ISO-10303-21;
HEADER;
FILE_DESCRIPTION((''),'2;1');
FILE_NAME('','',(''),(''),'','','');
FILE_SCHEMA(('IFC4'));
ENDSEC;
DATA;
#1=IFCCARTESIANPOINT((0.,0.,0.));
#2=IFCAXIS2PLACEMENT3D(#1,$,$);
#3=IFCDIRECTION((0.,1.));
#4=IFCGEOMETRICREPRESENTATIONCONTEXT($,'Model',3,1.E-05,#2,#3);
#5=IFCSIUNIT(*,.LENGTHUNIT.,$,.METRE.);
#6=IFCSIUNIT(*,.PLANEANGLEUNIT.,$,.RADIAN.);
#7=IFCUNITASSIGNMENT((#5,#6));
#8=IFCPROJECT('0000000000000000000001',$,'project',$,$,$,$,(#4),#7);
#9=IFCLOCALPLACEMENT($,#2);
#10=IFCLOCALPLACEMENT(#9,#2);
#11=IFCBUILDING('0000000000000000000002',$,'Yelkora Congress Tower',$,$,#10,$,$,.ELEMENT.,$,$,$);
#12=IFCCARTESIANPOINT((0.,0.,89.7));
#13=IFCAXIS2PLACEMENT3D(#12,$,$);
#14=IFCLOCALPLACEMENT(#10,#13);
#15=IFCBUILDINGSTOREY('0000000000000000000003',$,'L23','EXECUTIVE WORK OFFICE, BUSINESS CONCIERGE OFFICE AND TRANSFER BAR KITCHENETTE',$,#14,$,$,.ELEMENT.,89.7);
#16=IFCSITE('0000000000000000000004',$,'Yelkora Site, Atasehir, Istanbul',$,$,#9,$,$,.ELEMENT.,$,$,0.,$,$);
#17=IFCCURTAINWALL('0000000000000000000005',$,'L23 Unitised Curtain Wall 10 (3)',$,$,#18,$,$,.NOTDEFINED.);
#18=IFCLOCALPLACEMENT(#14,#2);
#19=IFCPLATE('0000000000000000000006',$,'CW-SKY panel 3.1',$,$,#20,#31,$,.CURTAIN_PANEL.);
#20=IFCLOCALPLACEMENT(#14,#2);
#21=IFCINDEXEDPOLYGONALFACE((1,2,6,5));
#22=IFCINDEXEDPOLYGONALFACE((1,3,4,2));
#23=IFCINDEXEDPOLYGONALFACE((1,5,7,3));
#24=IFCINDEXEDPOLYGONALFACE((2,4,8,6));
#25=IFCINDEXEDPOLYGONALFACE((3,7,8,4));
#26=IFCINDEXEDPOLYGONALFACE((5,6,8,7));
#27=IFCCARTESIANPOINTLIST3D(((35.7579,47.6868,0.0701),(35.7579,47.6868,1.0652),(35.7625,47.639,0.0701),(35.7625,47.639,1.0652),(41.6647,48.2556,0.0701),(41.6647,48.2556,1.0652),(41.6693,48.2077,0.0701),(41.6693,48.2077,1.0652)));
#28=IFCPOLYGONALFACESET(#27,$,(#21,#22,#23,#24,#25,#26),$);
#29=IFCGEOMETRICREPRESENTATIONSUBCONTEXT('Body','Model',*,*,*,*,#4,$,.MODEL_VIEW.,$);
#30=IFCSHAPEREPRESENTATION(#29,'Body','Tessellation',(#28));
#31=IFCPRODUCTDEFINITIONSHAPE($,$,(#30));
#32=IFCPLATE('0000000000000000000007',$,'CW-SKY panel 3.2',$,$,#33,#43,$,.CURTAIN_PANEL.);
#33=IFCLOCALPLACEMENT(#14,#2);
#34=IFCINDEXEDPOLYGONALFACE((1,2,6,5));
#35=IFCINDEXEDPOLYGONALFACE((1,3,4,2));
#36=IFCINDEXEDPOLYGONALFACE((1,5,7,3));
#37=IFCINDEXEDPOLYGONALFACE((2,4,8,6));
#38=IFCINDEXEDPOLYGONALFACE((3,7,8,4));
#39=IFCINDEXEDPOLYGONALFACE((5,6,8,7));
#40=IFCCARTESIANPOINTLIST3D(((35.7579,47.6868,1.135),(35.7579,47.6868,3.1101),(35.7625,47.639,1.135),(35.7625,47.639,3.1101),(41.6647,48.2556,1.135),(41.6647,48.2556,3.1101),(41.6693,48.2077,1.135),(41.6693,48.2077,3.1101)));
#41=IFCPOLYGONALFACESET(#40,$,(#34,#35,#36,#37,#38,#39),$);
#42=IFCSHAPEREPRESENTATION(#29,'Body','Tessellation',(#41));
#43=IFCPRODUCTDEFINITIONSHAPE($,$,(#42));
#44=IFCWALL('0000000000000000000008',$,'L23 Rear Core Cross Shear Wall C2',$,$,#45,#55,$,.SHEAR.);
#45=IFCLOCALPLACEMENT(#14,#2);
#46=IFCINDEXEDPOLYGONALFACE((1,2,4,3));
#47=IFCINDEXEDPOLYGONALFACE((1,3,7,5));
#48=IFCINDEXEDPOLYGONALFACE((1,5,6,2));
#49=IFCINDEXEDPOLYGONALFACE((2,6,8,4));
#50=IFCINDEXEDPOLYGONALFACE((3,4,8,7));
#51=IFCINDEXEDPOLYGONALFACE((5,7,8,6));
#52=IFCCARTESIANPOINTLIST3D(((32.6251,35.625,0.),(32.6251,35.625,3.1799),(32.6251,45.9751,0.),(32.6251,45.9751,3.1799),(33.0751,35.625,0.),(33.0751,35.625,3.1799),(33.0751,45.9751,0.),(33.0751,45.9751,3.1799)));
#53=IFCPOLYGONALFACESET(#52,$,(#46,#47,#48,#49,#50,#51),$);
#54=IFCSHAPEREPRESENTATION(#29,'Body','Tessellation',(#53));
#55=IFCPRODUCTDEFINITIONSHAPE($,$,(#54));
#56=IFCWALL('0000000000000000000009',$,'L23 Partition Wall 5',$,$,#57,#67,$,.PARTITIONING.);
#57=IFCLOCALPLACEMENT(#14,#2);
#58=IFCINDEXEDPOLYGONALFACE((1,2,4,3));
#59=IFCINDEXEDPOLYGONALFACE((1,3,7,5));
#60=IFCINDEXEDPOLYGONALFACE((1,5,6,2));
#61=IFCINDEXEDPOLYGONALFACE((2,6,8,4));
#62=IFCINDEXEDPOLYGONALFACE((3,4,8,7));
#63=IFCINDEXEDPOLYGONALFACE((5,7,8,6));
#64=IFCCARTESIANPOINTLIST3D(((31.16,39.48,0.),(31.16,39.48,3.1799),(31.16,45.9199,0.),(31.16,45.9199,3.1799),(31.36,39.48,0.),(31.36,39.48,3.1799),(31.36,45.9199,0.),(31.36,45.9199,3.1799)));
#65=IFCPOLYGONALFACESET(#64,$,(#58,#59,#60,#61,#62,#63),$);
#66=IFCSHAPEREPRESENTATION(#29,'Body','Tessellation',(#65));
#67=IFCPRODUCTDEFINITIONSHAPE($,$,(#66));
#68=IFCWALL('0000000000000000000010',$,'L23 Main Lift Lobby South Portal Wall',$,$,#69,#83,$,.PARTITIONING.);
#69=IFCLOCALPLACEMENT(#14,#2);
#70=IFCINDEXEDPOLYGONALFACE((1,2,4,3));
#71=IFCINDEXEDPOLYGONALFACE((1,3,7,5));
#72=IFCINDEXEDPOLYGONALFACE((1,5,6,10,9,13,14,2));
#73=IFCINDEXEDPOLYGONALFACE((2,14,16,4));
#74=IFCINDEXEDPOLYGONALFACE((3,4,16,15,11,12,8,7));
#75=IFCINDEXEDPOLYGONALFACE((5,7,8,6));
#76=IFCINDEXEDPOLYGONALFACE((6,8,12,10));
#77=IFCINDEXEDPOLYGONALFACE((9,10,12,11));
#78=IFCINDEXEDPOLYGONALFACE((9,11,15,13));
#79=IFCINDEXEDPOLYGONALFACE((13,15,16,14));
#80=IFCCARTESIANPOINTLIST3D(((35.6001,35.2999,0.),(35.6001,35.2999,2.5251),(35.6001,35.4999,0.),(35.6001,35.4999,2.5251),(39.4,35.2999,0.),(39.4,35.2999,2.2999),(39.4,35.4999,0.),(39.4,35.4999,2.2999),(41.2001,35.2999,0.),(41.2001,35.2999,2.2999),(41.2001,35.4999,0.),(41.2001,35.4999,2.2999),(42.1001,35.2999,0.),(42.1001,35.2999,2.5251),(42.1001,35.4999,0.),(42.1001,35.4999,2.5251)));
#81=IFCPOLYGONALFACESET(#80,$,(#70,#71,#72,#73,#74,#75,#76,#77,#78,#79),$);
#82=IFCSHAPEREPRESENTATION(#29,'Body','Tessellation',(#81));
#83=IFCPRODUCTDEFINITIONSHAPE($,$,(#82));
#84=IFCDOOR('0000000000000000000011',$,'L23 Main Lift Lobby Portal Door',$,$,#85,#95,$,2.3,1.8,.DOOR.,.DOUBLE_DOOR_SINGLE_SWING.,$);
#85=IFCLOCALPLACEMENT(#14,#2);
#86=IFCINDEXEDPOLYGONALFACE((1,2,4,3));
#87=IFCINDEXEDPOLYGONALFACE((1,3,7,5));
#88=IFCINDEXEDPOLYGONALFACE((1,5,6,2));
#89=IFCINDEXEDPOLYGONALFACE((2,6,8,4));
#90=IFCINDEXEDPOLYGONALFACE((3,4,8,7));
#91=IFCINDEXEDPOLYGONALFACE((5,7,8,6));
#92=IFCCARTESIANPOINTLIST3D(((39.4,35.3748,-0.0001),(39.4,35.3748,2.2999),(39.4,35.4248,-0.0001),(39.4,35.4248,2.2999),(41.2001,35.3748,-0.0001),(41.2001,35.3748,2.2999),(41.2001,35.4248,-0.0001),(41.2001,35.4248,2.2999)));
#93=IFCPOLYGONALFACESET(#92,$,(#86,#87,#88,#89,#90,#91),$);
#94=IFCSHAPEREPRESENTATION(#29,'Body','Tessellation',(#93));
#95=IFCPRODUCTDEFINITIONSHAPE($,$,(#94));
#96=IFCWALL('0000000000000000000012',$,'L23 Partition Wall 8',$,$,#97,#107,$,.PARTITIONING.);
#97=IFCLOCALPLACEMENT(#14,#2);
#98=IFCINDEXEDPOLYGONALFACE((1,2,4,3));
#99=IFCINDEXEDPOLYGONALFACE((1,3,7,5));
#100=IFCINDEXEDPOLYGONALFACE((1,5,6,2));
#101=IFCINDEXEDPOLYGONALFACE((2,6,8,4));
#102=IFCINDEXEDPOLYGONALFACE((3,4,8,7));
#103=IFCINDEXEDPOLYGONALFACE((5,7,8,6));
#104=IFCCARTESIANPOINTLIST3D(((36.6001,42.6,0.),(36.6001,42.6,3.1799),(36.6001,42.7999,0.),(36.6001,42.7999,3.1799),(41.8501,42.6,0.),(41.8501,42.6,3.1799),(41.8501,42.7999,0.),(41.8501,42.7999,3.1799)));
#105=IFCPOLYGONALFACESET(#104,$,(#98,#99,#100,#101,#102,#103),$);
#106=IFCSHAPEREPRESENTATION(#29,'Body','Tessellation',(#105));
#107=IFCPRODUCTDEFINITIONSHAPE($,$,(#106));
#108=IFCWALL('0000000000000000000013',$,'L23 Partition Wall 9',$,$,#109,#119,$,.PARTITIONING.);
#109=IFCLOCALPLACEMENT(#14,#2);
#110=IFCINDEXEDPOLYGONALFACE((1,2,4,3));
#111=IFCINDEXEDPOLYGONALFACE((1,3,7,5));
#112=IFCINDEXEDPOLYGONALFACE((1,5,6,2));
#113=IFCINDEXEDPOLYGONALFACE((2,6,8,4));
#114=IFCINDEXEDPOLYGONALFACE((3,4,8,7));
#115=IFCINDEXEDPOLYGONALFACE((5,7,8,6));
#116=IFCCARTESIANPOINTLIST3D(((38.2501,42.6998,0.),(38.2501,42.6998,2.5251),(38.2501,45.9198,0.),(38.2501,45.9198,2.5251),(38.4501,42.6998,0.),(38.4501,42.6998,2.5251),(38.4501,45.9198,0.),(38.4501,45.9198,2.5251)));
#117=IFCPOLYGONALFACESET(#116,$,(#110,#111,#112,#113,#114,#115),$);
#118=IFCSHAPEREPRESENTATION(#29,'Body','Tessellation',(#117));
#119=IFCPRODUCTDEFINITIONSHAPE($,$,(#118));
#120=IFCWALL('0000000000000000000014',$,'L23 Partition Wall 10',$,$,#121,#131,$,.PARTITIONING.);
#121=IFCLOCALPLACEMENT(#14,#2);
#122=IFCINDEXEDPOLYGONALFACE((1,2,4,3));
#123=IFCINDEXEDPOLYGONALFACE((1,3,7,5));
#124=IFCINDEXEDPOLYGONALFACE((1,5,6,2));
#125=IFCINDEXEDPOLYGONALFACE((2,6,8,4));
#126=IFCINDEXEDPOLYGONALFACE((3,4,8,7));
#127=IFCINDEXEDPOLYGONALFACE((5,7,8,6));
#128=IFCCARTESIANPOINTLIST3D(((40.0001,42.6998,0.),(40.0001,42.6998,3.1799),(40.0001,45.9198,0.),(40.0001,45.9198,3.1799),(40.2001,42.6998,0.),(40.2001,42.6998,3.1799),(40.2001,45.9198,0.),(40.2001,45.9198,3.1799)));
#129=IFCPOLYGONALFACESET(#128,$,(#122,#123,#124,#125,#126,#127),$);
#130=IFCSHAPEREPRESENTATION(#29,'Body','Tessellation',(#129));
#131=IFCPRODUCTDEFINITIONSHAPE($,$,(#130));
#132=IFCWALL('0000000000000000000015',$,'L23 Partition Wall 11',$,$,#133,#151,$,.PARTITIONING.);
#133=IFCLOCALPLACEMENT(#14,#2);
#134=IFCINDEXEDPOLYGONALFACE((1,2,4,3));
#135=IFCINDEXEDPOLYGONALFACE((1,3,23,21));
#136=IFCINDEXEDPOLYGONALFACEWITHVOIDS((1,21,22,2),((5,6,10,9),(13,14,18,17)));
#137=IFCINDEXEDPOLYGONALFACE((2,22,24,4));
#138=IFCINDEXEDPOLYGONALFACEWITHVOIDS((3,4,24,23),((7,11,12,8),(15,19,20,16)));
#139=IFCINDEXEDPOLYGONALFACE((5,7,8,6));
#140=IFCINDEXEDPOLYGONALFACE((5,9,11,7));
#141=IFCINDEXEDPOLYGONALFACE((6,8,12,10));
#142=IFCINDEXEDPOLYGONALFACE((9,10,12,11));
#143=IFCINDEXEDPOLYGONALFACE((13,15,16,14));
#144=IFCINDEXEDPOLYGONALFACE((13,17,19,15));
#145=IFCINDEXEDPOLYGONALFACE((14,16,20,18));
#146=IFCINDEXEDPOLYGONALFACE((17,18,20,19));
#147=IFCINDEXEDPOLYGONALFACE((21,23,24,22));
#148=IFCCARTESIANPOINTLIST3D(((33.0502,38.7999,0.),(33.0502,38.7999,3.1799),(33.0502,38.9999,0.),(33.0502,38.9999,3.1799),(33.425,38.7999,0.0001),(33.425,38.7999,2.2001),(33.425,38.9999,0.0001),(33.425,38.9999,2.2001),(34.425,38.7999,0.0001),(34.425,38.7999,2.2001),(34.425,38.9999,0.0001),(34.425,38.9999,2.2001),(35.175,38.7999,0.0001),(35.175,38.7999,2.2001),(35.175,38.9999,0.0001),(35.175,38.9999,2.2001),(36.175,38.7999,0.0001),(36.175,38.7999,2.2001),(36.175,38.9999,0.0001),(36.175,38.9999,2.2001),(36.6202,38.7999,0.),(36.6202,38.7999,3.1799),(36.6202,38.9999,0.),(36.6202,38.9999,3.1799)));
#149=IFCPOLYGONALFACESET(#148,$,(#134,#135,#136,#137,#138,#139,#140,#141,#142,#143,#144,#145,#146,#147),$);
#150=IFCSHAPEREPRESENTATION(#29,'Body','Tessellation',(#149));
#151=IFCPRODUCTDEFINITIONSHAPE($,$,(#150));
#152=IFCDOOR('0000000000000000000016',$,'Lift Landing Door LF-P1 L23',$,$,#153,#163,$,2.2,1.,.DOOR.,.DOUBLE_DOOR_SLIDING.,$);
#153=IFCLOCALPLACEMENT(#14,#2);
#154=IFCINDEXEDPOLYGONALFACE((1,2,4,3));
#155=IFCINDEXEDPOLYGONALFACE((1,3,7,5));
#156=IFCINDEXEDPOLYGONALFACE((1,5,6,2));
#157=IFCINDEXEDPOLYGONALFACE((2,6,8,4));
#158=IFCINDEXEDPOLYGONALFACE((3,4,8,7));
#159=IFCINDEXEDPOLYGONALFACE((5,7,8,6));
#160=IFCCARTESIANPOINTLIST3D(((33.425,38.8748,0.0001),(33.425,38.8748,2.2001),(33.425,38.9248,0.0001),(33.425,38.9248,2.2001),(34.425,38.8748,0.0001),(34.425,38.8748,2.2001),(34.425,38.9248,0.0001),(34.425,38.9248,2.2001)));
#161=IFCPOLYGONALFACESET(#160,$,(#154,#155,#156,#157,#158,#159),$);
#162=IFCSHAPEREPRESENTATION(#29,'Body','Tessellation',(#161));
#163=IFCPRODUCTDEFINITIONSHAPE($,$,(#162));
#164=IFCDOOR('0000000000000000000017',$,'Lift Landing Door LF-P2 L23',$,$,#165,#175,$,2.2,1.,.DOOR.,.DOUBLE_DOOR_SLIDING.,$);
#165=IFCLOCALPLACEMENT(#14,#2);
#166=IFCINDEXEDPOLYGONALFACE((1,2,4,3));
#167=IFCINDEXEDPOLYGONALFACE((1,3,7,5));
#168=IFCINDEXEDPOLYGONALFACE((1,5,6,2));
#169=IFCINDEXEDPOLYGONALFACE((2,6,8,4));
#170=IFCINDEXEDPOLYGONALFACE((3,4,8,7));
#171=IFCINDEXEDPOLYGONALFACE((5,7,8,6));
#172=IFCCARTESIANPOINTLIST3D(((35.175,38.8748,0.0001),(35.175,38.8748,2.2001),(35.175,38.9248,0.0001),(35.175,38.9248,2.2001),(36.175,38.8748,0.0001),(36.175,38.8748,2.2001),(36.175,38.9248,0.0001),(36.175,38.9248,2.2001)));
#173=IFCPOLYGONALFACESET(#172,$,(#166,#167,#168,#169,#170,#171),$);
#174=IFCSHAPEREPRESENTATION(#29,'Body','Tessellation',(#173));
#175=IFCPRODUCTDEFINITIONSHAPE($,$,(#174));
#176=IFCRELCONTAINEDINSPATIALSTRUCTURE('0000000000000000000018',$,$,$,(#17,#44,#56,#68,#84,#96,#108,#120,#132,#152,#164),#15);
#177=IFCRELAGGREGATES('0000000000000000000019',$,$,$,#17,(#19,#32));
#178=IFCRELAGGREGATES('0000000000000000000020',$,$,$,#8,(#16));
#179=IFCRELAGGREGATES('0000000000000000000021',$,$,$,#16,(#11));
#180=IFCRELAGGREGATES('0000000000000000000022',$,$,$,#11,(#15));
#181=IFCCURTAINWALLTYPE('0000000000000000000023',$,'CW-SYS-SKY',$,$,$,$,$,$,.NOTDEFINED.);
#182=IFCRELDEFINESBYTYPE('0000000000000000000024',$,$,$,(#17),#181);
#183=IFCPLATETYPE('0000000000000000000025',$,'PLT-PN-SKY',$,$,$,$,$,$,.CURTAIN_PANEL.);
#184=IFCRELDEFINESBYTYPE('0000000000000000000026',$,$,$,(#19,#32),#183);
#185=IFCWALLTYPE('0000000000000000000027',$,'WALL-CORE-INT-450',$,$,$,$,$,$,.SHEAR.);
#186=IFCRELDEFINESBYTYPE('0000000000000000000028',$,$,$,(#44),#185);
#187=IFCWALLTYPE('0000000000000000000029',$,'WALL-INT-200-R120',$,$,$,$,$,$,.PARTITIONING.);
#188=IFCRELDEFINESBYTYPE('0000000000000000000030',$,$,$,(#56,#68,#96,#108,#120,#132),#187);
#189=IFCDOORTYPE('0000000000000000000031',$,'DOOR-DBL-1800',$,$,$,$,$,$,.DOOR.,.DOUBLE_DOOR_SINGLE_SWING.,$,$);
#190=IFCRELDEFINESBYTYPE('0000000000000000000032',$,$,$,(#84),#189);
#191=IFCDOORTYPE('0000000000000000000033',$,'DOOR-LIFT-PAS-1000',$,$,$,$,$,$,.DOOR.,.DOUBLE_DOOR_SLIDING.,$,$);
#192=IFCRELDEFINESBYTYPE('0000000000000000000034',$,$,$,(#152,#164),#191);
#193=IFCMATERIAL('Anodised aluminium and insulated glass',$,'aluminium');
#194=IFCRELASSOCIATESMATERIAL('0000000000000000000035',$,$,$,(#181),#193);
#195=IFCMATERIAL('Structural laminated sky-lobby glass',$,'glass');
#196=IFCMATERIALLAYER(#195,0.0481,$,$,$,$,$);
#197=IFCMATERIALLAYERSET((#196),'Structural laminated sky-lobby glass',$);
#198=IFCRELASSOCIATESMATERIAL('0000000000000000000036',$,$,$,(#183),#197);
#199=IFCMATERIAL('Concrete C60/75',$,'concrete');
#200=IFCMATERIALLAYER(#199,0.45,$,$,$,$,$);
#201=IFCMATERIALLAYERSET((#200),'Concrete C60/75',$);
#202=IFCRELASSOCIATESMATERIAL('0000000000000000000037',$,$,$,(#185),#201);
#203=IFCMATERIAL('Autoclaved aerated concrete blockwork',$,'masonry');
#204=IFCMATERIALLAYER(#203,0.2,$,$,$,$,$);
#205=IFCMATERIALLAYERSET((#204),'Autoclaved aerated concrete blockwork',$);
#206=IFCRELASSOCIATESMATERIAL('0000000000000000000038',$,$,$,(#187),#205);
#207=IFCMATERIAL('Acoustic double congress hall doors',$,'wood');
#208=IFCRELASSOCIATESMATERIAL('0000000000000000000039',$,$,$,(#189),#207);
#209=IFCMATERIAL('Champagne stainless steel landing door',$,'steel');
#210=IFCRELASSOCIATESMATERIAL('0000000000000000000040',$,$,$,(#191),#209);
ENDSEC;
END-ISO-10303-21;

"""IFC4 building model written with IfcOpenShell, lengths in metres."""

from ifc_helpers import new_model, si_unit, direction, frame, frame_2d, origin, origin_2d, place, context, subcontext, project, spatial, rectangle, extrude, material, layer, layer_set, type_object, element, fill, aggregate, save


model = new_model("IFC4")

# Units and contexts
model_context = context("Model", 3, precision=1e-05, world=origin(), true_north=direction((0.0, 1.0)))
body_context = subcontext(model_context, "Body", "Model", "MODEL_VIEW")
ifc_project = project(units=[si_unit("LENGTHUNIT", "METRE"), si_unit("PLANEANGLEUNIT", "RADIAN")], contexts=[model_context])

# Site, building, storey
site_placement = place(None, origin())
site = spatial("IfcSite", under=ifc_project, at=site_placement, Name="Yelkora Site, Atasehir, Istanbul", CompositionType="ELEMENT", RefElevation=0.0)
building_placement = place(site_placement, origin())
building = spatial("IfcBuilding", under=site, at=building_placement, Name="Yelkora Congress Tower", CompositionType="ELEMENT")
storey_placement = place(building_placement, frame((0.0, 0.0, 89.7)))
storey = spatial("IfcBuildingStorey", under=building, at=storey_placement, Name="L23", Description="EXECUTIVE WORK OFFICE, BUSINESS CONCIERGE OFFICE AND TRANSFER BAR KITCHENETTE", CompositionType="ELEMENT", Elevation=89.7)

# Curtain wall, plates
ifc_material_1 = material(Name="Anodised aluminium and insulated glass", Category="aluminium")
curtain_wall_type = type_object("IfcCurtainWallType", Name="CW-SYS-SKY", PredefinedType="NOTDEFINED", material=ifc_material_1)
curtain_wall_placement = place(storey_placement, origin())
curtain_wall = element("IfcCurtainWall", 1, at=curtain_wall_placement, inside=storey, type_object=curtain_wall_type, Name="L23 Unitised Curtain Wall 10 (3)", PredefinedType="NOTDEFINED")
ifc_material_2 = material(Name="Structural laminated sky-lobby glass", Category="glass")
ifc_layer_1 = layer(ifc_material_2, 0.0481)
ifc_layer_set_1 = layer_set([ifc_layer_1], Name="Structural laminated sky-lobby glass")
plate_type = type_object("IfcPlateType", Name="PLT-PN-SKY", PredefinedType="CURTAIN_PANEL", material=ifc_layer_set_1)
plate_1_placement = place(storey_placement, frame((38.7136, 47.9473, 0.0701), z_axis=(0.0, 0.0, 1.0), x_axis=(0.995396, 0.095845, 0.0)))
plate_1 = element("IfcPlate", 2, at=plate_1_placement, type_object=plate_type, Name="CW-SKY panel 3.1", PredefinedType="CURTAIN_PANEL", context=body_context, shape_type="SweptSolid", body=[
    extrude(rectangle(XDim=5.9341, YDim=0.0481, at=origin_2d()), origin(), (0.0, 0.0, 1.0), 0.9951),
])
plate_2_placement = place(storey_placement, frame((38.7136, 47.9473, 1.135), z_axis=(0.0, 0.0, 1.0), x_axis=(0.995396, 0.095845, 0.0)))
plate_2 = element("IfcPlate", 3, at=plate_2_placement, type_object=plate_type, Name="CW-SKY panel 3.2", PredefinedType="CURTAIN_PANEL", context=body_context, shape_type="SweptSolid", body=[
    extrude(rectangle(XDim=5.9341, YDim=0.0481, at=origin_2d()), origin(), (0.0, 0.0, 1.0), 1.9751),
])
aggregate(curtain_wall, [plate_1, plate_2])

# Walls
ifc_material_3 = material(Name="Concrete C60/75", Category="concrete")
ifc_layer_2 = layer(ifc_material_3, 0.45)
ifc_layer_set_2 = layer_set([ifc_layer_2], Name="Concrete C60/75")
wall_type_1 = type_object("IfcWallType", Name="WALL-CORE-INT-450", PredefinedType="SHEAR", material=ifc_layer_set_2)
wall_1_placement = place(storey_placement, frame((32.8501, 35.625, 0.0), z_axis=(0.0, 0.0, 1.0), x_axis=(0.0, 1.0, 0.0)))
element("IfcWall", 4, at=wall_1_placement, inside=storey, type_object=wall_type_1, Name="L23 Rear Core Cross Shear Wall C2", PredefinedType="SHEAR", context=body_context, shape_type="SweptSolid", body=[
    extrude(rectangle(XDim=10.3501, YDim=0.45, at=frame_2d((5.175, 0.0))), origin(), (0.0, 0.0, 1.0), 3.1799),
])
ifc_material_4 = material(Name="Autoclaved aerated concrete blockwork", Category="masonry")
ifc_layer_3 = layer(ifc_material_4, 0.2)
ifc_layer_set_3 = layer_set([ifc_layer_3], Name="Autoclaved aerated concrete blockwork")
wall_type_2 = type_object("IfcWallType", Name="WALL-INT-200-R120", PredefinedType="PARTITIONING", material=ifc_layer_set_3)
wall_2_placement = place(storey_placement, frame((31.26, 39.48, 0.0), z_axis=(0.0, 0.0, 1.0), x_axis=(0.0, 1.0, 0.0)))
element("IfcWall", 5, at=wall_2_placement, inside=storey, type_object=wall_type_2, Name="L23 Partition Wall 5", PredefinedType="PARTITIONING", context=body_context, shape_type="SweptSolid", body=[
    extrude(rectangle(XDim=6.4399, YDim=0.2, at=frame_2d((3.22, 0.0))), origin(), (0.0, 0.0, 1.0), 3.1799),
])

# Wall, opening, door
wall_3_placement = place(storey_placement, frame((35.6001, 35.3999, 0.0), z_axis=(0.0, 0.0, 1.0), x_axis=(1.0, 0.0, 0.0)))
wall_3 = element("IfcWall", 6, at=wall_3_placement, inside=storey, type_object=wall_type_2, Name="L23 Main Lift Lobby South Portal Wall", PredefinedType="PARTITIONING", context=body_context, shape_type="SweptSolid", body=[
    extrude(rectangle(XDim=6.5, YDim=0.2, at=frame_2d((3.25, 0.0))), origin(), (0.0, 0.0, 1.0), 2.5251),
])
opening_1_placement = place(wall_3_placement, frame((3.8, 0.0, 0.0)))
opening_1 = element("IfcOpeningElement", 7, at=opening_1_placement, cuts=wall_3, PredefinedType="OPENING", context=body_context, shape_type="SweptSolid", body=[
    extrude(rectangle(XDim=1.8, YDim=2.3, at=frame_2d((0.8999, 1.1499))), frame((0.0, 0.1099, 0.0), z_axis=(0.0, -1.0, 0.0), x_axis=(1.0, 0.0, 0.0)), (0.0, 0.0, 1.0), 0.22),
])
ifc_material_5 = material(Name="Acoustic double congress hall doors", Category="wood")
door_type_1 = type_object("IfcDoorType", Name="DOOR-DBL-1800", OperationType="DOUBLE_DOOR_SINGLE_SWING", PredefinedType="DOOR", material=ifc_material_5)
door_1_placement = place(opening_1_placement, origin())
door_1 = element("IfcDoor", 8, at=door_1_placement, inside=storey, type_object=door_type_1, Name="L23 Main Lift Lobby Portal Door", OperationType="DOUBLE_DOOR_SINGLE_SWING", OverallHeight=2.3, OverallWidth=1.8, PredefinedType="DOOR", context=body_context, shape_type="SweptSolid", body=[
    extrude(rectangle(XDim=1.8, YDim=2.3, at=frame_2d((0.8999, 1.1499))), frame((0.0, 0.0249, 0.0), z_axis=(0.0, -1.0, 0.0), x_axis=(1.0, 0.0, 0.0)), (0.0, 0.0, 1.0), 0.05),
])
fill(opening_1, door_1)

# Walls
wall_4_placement = place(storey_placement, frame((36.6001, 42.7, 0.0), z_axis=(0.0, 0.0, 1.0), x_axis=(1.0, 0.0, 0.0)))
element("IfcWall", 9, at=wall_4_placement, inside=storey, type_object=wall_type_2, Name="L23 Partition Wall 8", PredefinedType="PARTITIONING", context=body_context, shape_type="SweptSolid", body=[
    extrude(rectangle(XDim=5.25, YDim=0.2, at=frame_2d((2.625, 0.0))), origin(), (0.0, 0.0, 1.0), 3.1799),
])
wall_5_placement = place(storey_placement, frame((38.3501, 42.7, 0.0), z_axis=(0.0, 0.0, 1.0), x_axis=(0.0, 1.0, 0.0)))
element("IfcWall", 10, at=wall_5_placement, inside=storey, type_object=wall_type_2, Name="L23 Partition Wall 9", PredefinedType="PARTITIONING", context=body_context, shape_type="SweptSolid", body=[
    extrude(rectangle(XDim=3.22, YDim=0.2, at=frame_2d((1.6099, 0.0))), origin(), (0.0, 0.0, 1.0), 2.5251),
])
wall_6_placement = place(storey_placement, frame((40.1001, 42.7, 0.0), z_axis=(0.0, 0.0, 1.0), x_axis=(0.0, 1.0, 0.0)))
element("IfcWall", 11, at=wall_6_placement, inside=storey, type_object=wall_type_2, Name="L23 Partition Wall 10", PredefinedType="PARTITIONING", context=body_context, shape_type="SweptSolid", body=[
    extrude(rectangle(XDim=3.22, YDim=0.2, at=frame_2d((1.6099, 0.0))), origin(), (0.0, 0.0, 1.0), 3.1799),
])

# Wall, openings, doors
wall_7_placement = place(storey_placement, frame((33.05, 38.8999, 0.0), z_axis=(0.0, 0.0, 1.0), x_axis=(1.0, 0.0, 0.0)))
wall_7 = element("IfcWall", 12, at=wall_7_placement, inside=storey, type_object=wall_type_2, Name="L23 Partition Wall 11", PredefinedType="PARTITIONING", context=body_context, shape_type="SweptSolid", body=[
    extrude(rectangle(XDim=3.5701, YDim=0.2, at=frame_2d((1.7852, 0.0))), origin(), (0.0, 0.0, 1.0), 3.1799),
])
opening_2_placement = place(wall_7_placement, frame((0.375, 0.0, 0.0)))
opening_2 = element("IfcOpeningElement", 13, at=opening_2_placement, cuts=wall_7, PredefinedType="OPENING", context=body_context, shape_type="SweptSolid", body=[
    extrude(rectangle(XDim=1.0, YDim=2.2, at=frame_2d((0.5, 1.1001))), frame((0.0, 0.1099, 0.0), z_axis=(0.0, -1.0, 0.0), x_axis=(1.0, 0.0, 0.0)), (0.0, 0.0, 1.0), 0.22),
])
opening_3_placement = place(wall_7_placement, frame((2.125, 0.0, 0.0)))
opening_3 = element("IfcOpeningElement", 14, at=opening_3_placement, cuts=wall_7, PredefinedType="OPENING", context=body_context, shape_type="SweptSolid", body=[
    extrude(rectangle(XDim=1.0, YDim=2.2, at=frame_2d((0.5, 1.1001))), frame((0.0, 0.1099, 0.0), z_axis=(0.0, -1.0, 0.0), x_axis=(1.0, 0.0, 0.0)), (0.0, 0.0, 1.0), 0.22),
])
ifc_material_6 = material(Name="Champagne stainless steel landing door", Category="steel")
door_type_2 = type_object("IfcDoorType", Name="DOOR-LIFT-PAS-1000", OperationType="DOUBLE_DOOR_SLIDING", PredefinedType="DOOR", material=ifc_material_6)
door_2_placement = place(opening_2_placement, origin())
door_2 = element("IfcDoor", 15, at=door_2_placement, inside=storey, type_object=door_type_2, Name="Lift Landing Door LF-P1 L23", OperationType="DOUBLE_DOOR_SLIDING", OverallHeight=2.2, OverallWidth=1.0, PredefinedType="DOOR", context=body_context, shape_type="SweptSolid", body=[
    extrude(rectangle(XDim=1.0, YDim=2.2, at=frame_2d((0.5, 1.1001))), frame((0.0, 0.0249, 0.0), z_axis=(0.0, -1.0, 0.0), x_axis=(1.0, 0.0, 0.0)), (0.0, 0.0, 1.0), 0.05),
])
fill(opening_2, door_2)
door_3_placement = place(opening_3_placement, origin())
door_3 = element("IfcDoor", 16, at=door_3_placement, inside=storey, type_object=door_type_2, Name="Lift Landing Door LF-P2 L23", OperationType="DOUBLE_DOOR_SLIDING", OverallHeight=2.2, OverallWidth=1.0, PredefinedType="DOOR", context=body_context, shape_type="SweptSolid", body=[
    extrude(rectangle(XDim=1.0, YDim=2.2, at=frame_2d((0.5, 1.1001))), frame((0.0, 0.0249, 0.0), z_axis=(0.0, -1.0, 0.0), x_axis=(1.0, 0.0, 0.0)), (0.0, 0.0, 1.0), 0.05),
])
fill(opening_3, door_3)

save(model, "model.ifc")
